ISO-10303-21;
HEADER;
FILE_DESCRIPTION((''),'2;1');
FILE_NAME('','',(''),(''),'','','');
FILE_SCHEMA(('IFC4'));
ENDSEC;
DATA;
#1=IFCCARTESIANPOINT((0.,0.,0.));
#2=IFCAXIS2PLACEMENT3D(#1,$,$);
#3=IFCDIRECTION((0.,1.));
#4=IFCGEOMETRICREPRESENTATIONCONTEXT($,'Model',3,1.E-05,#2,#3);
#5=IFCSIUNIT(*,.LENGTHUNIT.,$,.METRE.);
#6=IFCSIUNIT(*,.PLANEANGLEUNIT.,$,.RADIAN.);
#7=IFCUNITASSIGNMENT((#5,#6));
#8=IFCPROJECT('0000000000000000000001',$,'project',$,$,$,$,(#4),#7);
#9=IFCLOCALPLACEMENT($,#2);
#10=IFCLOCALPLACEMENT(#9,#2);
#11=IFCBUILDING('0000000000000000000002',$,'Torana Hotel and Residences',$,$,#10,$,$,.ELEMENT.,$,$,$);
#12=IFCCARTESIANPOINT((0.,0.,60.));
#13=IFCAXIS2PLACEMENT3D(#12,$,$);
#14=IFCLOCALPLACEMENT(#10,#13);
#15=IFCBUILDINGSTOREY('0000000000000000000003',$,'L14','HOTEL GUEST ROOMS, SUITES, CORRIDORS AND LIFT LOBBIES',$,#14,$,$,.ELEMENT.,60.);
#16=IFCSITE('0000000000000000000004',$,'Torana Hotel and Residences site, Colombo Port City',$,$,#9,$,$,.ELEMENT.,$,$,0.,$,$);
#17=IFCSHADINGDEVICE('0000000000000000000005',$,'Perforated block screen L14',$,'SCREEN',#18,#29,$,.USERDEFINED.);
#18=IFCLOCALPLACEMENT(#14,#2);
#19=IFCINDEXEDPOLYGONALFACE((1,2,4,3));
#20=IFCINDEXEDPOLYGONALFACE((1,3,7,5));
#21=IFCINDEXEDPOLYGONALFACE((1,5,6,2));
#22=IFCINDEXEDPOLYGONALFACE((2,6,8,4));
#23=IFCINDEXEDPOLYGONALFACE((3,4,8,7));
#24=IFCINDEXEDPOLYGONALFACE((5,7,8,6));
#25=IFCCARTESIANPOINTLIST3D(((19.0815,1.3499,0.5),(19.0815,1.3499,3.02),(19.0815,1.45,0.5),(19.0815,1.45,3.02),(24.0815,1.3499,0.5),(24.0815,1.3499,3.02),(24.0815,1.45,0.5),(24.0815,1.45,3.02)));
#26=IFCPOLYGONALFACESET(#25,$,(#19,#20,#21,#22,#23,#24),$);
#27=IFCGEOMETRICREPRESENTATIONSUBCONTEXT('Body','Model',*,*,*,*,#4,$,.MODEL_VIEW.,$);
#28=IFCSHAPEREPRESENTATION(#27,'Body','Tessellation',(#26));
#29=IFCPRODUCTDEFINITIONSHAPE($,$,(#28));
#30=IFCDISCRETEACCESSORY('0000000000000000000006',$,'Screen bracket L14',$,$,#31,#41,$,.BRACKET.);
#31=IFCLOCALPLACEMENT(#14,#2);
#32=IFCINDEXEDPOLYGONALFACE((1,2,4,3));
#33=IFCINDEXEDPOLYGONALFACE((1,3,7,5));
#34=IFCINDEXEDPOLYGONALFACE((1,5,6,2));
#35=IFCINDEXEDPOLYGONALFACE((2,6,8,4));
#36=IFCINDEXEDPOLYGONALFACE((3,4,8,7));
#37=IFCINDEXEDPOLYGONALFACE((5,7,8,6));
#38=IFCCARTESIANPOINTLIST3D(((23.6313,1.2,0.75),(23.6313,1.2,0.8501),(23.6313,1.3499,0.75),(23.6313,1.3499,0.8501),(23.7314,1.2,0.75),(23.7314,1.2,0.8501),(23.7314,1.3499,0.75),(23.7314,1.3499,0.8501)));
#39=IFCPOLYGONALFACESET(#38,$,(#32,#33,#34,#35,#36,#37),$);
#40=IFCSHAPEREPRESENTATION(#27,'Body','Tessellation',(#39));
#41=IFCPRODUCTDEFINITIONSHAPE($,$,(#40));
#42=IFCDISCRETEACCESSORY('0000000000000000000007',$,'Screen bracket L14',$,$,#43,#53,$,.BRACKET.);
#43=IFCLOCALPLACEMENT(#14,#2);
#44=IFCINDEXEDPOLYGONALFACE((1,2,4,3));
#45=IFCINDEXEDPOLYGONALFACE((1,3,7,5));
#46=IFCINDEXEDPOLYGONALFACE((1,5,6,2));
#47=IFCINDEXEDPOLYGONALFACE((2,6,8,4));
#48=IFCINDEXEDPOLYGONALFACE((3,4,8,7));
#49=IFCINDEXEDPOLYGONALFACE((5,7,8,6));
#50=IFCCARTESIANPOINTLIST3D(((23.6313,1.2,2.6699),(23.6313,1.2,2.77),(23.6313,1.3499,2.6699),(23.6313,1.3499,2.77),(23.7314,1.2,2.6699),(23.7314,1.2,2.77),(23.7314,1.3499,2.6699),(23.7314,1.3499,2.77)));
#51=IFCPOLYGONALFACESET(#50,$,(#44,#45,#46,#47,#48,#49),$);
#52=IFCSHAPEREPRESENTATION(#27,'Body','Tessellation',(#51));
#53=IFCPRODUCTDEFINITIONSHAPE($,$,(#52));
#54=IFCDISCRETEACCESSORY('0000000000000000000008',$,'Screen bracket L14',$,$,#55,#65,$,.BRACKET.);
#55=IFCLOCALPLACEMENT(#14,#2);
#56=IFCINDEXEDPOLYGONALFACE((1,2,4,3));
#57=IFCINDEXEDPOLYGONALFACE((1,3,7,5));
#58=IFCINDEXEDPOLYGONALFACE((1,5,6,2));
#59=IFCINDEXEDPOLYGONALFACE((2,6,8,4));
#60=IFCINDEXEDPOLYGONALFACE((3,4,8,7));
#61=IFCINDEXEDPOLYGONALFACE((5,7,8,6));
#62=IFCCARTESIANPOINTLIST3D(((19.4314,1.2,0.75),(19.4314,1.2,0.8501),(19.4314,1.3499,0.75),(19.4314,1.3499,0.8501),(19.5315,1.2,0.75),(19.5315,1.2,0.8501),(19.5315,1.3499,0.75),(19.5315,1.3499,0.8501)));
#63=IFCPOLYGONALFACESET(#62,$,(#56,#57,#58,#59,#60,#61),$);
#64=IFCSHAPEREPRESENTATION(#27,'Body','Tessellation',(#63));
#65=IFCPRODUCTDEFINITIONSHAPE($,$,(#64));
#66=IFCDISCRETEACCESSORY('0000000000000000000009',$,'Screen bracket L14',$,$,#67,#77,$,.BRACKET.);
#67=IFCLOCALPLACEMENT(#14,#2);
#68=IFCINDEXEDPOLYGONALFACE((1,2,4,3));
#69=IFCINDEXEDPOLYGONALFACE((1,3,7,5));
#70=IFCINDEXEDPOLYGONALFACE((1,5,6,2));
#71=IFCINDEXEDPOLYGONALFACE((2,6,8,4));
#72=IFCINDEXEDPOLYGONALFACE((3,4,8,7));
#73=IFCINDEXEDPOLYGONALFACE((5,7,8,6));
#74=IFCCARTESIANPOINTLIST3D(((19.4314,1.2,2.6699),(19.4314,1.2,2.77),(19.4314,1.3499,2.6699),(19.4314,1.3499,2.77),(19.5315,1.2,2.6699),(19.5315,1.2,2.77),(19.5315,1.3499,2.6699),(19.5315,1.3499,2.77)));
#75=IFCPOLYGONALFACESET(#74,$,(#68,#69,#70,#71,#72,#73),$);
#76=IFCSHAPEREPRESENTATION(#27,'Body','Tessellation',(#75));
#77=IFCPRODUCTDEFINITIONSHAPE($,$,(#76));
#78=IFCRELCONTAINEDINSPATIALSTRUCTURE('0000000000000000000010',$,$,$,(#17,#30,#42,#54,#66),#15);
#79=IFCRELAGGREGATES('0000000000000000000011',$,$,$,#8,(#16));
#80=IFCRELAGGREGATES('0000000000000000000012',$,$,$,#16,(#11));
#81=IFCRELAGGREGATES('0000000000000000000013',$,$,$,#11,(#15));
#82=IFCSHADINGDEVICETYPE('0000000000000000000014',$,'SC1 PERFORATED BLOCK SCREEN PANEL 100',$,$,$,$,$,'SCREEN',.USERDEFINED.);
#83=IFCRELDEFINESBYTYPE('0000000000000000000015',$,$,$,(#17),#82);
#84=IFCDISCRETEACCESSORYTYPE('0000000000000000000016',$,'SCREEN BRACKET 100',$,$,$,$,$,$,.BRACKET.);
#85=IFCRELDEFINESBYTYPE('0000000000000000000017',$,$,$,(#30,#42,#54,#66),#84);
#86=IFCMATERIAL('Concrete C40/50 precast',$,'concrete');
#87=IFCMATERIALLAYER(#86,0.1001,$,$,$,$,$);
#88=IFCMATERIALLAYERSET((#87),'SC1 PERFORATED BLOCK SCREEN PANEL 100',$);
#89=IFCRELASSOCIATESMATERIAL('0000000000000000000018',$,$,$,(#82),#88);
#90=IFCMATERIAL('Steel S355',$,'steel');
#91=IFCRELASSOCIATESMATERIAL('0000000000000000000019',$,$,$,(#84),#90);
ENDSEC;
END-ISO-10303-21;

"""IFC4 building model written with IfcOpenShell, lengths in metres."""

from ifc_helpers import new_model, si_unit, direction, frame, origin, origin_2d, place, context, subcontext, project, spatial, rectangle, extrude, material, layer, layer_set, type_object, element, save


model = new_model("IFC4")

# Units and contexts
model_context = context("Model", 3, precision=1e-05, world=origin(), true_north=direction((0.0, 1.0)))
body_context = subcontext(model_context, "Body", "Model", "MODEL_VIEW")
ifc_project = project(units=[si_unit("LENGTHUNIT", "METRE"), si_unit("PLANEANGLEUNIT", "RADIAN")], contexts=[model_context])

# Site, building, storey
site_placement = place(None, origin())
site = spatial("IfcSite", under=ifc_project, at=site_placement, Name="Torana Hotel and Residences site, Colombo Port City", CompositionType="ELEMENT", RefElevation=0.0)
building_placement = place(site_placement, origin())
building = spatial("IfcBuilding", under=site, at=building_placement, Name="Torana Hotel and Residences", CompositionType="ELEMENT")
storey_placement = place(building_placement, frame((0.0, 0.0, 60.0)))
storey = spatial("IfcBuildingStorey", under=building, at=storey_placement, Name="L14", Description="HOTEL GUEST ROOMS, SUITES, CORRIDORS AND LIFT LOBBIES", CompositionType="ELEMENT", Elevation=60.0)

# Shading device
ifc_material_1 = material(Name="Concrete C40/50 precast", Category="concrete")
ifc_layer_1 = layer(ifc_material_1, 0.1001)
ifc_layer_set_1 = layer_set([ifc_layer_1], Name="SC1 PERFORATED BLOCK SCREEN PANEL 100")
shading_device_type = type_object("IfcShadingDeviceType", Name="SC1 PERFORATED BLOCK SCREEN PANEL 100", ElementType="SCREEN", PredefinedType="USERDEFINED", material=ifc_layer_set_1)
shading_device_placement = place(storey_placement, frame((21.5815, 1.3999, 0.5), z_axis=(0.0, 0.0, 1.0), x_axis=(-1.0, 0.0, 0.0)))
element("IfcShadingDevice", 1, at=shading_device_placement, inside=storey, type_object=shading_device_type, Name="Perforated block screen L14", ObjectType="SCREEN", PredefinedType="USERDEFINED", context=body_context, shape_type="SweptSolid", body=[
    extrude(rectangle(XDim=5.0, YDim=0.1001, at=origin_2d()), origin(), (0.0, 0.0, 1.0), 2.52),
])

# Discrete accessories
ifc_material_2 = material(Name="Steel S355", Category="steel")
discrete_accessory_type = type_object("IfcDiscreteAccessoryType", Name="SCREEN BRACKET 100", PredefinedType="BRACKET", material=ifc_material_2)
for number, where, z_axis, x_axis, name in (
    (2, (23.6814, 1.2749, 0.75), (0.0, 0.0, 1.0), (-1.0, 0.0, 0.0), "Screen bracket L14"),
    (3, (23.6814, 1.2749, 2.6699), (0.0, 0.0, 1.0), (-1.0, 0.0, 0.0), "Screen bracket L14"),
    (4, (19.4814, 1.2749, 0.75), (0.0, 0.0, 1.0), (-1.0, 0.0, 0.0), "Screen bracket L14"),
    (5, (19.4814, 1.2749, 2.6699), (0.0, 0.0, 1.0), (-1.0, 0.0, 0.0), "Screen bracket L14"),
):
    element("IfcDiscreteAccessory", number, at=place(storey_placement, frame(where, z_axis=z_axis, x_axis=x_axis)), inside=storey, type_object=discrete_accessory_type, Name=name, PredefinedType="BRACKET", context=body_context, shape_type="SweptSolid", body=[
        extrude(rectangle(XDim=0.1001, YDim=0.1499, at=origin_2d()), origin(), (0.0, 0.0, 1.0), 0.1001),
    ])

save(model, "model.ifc")
